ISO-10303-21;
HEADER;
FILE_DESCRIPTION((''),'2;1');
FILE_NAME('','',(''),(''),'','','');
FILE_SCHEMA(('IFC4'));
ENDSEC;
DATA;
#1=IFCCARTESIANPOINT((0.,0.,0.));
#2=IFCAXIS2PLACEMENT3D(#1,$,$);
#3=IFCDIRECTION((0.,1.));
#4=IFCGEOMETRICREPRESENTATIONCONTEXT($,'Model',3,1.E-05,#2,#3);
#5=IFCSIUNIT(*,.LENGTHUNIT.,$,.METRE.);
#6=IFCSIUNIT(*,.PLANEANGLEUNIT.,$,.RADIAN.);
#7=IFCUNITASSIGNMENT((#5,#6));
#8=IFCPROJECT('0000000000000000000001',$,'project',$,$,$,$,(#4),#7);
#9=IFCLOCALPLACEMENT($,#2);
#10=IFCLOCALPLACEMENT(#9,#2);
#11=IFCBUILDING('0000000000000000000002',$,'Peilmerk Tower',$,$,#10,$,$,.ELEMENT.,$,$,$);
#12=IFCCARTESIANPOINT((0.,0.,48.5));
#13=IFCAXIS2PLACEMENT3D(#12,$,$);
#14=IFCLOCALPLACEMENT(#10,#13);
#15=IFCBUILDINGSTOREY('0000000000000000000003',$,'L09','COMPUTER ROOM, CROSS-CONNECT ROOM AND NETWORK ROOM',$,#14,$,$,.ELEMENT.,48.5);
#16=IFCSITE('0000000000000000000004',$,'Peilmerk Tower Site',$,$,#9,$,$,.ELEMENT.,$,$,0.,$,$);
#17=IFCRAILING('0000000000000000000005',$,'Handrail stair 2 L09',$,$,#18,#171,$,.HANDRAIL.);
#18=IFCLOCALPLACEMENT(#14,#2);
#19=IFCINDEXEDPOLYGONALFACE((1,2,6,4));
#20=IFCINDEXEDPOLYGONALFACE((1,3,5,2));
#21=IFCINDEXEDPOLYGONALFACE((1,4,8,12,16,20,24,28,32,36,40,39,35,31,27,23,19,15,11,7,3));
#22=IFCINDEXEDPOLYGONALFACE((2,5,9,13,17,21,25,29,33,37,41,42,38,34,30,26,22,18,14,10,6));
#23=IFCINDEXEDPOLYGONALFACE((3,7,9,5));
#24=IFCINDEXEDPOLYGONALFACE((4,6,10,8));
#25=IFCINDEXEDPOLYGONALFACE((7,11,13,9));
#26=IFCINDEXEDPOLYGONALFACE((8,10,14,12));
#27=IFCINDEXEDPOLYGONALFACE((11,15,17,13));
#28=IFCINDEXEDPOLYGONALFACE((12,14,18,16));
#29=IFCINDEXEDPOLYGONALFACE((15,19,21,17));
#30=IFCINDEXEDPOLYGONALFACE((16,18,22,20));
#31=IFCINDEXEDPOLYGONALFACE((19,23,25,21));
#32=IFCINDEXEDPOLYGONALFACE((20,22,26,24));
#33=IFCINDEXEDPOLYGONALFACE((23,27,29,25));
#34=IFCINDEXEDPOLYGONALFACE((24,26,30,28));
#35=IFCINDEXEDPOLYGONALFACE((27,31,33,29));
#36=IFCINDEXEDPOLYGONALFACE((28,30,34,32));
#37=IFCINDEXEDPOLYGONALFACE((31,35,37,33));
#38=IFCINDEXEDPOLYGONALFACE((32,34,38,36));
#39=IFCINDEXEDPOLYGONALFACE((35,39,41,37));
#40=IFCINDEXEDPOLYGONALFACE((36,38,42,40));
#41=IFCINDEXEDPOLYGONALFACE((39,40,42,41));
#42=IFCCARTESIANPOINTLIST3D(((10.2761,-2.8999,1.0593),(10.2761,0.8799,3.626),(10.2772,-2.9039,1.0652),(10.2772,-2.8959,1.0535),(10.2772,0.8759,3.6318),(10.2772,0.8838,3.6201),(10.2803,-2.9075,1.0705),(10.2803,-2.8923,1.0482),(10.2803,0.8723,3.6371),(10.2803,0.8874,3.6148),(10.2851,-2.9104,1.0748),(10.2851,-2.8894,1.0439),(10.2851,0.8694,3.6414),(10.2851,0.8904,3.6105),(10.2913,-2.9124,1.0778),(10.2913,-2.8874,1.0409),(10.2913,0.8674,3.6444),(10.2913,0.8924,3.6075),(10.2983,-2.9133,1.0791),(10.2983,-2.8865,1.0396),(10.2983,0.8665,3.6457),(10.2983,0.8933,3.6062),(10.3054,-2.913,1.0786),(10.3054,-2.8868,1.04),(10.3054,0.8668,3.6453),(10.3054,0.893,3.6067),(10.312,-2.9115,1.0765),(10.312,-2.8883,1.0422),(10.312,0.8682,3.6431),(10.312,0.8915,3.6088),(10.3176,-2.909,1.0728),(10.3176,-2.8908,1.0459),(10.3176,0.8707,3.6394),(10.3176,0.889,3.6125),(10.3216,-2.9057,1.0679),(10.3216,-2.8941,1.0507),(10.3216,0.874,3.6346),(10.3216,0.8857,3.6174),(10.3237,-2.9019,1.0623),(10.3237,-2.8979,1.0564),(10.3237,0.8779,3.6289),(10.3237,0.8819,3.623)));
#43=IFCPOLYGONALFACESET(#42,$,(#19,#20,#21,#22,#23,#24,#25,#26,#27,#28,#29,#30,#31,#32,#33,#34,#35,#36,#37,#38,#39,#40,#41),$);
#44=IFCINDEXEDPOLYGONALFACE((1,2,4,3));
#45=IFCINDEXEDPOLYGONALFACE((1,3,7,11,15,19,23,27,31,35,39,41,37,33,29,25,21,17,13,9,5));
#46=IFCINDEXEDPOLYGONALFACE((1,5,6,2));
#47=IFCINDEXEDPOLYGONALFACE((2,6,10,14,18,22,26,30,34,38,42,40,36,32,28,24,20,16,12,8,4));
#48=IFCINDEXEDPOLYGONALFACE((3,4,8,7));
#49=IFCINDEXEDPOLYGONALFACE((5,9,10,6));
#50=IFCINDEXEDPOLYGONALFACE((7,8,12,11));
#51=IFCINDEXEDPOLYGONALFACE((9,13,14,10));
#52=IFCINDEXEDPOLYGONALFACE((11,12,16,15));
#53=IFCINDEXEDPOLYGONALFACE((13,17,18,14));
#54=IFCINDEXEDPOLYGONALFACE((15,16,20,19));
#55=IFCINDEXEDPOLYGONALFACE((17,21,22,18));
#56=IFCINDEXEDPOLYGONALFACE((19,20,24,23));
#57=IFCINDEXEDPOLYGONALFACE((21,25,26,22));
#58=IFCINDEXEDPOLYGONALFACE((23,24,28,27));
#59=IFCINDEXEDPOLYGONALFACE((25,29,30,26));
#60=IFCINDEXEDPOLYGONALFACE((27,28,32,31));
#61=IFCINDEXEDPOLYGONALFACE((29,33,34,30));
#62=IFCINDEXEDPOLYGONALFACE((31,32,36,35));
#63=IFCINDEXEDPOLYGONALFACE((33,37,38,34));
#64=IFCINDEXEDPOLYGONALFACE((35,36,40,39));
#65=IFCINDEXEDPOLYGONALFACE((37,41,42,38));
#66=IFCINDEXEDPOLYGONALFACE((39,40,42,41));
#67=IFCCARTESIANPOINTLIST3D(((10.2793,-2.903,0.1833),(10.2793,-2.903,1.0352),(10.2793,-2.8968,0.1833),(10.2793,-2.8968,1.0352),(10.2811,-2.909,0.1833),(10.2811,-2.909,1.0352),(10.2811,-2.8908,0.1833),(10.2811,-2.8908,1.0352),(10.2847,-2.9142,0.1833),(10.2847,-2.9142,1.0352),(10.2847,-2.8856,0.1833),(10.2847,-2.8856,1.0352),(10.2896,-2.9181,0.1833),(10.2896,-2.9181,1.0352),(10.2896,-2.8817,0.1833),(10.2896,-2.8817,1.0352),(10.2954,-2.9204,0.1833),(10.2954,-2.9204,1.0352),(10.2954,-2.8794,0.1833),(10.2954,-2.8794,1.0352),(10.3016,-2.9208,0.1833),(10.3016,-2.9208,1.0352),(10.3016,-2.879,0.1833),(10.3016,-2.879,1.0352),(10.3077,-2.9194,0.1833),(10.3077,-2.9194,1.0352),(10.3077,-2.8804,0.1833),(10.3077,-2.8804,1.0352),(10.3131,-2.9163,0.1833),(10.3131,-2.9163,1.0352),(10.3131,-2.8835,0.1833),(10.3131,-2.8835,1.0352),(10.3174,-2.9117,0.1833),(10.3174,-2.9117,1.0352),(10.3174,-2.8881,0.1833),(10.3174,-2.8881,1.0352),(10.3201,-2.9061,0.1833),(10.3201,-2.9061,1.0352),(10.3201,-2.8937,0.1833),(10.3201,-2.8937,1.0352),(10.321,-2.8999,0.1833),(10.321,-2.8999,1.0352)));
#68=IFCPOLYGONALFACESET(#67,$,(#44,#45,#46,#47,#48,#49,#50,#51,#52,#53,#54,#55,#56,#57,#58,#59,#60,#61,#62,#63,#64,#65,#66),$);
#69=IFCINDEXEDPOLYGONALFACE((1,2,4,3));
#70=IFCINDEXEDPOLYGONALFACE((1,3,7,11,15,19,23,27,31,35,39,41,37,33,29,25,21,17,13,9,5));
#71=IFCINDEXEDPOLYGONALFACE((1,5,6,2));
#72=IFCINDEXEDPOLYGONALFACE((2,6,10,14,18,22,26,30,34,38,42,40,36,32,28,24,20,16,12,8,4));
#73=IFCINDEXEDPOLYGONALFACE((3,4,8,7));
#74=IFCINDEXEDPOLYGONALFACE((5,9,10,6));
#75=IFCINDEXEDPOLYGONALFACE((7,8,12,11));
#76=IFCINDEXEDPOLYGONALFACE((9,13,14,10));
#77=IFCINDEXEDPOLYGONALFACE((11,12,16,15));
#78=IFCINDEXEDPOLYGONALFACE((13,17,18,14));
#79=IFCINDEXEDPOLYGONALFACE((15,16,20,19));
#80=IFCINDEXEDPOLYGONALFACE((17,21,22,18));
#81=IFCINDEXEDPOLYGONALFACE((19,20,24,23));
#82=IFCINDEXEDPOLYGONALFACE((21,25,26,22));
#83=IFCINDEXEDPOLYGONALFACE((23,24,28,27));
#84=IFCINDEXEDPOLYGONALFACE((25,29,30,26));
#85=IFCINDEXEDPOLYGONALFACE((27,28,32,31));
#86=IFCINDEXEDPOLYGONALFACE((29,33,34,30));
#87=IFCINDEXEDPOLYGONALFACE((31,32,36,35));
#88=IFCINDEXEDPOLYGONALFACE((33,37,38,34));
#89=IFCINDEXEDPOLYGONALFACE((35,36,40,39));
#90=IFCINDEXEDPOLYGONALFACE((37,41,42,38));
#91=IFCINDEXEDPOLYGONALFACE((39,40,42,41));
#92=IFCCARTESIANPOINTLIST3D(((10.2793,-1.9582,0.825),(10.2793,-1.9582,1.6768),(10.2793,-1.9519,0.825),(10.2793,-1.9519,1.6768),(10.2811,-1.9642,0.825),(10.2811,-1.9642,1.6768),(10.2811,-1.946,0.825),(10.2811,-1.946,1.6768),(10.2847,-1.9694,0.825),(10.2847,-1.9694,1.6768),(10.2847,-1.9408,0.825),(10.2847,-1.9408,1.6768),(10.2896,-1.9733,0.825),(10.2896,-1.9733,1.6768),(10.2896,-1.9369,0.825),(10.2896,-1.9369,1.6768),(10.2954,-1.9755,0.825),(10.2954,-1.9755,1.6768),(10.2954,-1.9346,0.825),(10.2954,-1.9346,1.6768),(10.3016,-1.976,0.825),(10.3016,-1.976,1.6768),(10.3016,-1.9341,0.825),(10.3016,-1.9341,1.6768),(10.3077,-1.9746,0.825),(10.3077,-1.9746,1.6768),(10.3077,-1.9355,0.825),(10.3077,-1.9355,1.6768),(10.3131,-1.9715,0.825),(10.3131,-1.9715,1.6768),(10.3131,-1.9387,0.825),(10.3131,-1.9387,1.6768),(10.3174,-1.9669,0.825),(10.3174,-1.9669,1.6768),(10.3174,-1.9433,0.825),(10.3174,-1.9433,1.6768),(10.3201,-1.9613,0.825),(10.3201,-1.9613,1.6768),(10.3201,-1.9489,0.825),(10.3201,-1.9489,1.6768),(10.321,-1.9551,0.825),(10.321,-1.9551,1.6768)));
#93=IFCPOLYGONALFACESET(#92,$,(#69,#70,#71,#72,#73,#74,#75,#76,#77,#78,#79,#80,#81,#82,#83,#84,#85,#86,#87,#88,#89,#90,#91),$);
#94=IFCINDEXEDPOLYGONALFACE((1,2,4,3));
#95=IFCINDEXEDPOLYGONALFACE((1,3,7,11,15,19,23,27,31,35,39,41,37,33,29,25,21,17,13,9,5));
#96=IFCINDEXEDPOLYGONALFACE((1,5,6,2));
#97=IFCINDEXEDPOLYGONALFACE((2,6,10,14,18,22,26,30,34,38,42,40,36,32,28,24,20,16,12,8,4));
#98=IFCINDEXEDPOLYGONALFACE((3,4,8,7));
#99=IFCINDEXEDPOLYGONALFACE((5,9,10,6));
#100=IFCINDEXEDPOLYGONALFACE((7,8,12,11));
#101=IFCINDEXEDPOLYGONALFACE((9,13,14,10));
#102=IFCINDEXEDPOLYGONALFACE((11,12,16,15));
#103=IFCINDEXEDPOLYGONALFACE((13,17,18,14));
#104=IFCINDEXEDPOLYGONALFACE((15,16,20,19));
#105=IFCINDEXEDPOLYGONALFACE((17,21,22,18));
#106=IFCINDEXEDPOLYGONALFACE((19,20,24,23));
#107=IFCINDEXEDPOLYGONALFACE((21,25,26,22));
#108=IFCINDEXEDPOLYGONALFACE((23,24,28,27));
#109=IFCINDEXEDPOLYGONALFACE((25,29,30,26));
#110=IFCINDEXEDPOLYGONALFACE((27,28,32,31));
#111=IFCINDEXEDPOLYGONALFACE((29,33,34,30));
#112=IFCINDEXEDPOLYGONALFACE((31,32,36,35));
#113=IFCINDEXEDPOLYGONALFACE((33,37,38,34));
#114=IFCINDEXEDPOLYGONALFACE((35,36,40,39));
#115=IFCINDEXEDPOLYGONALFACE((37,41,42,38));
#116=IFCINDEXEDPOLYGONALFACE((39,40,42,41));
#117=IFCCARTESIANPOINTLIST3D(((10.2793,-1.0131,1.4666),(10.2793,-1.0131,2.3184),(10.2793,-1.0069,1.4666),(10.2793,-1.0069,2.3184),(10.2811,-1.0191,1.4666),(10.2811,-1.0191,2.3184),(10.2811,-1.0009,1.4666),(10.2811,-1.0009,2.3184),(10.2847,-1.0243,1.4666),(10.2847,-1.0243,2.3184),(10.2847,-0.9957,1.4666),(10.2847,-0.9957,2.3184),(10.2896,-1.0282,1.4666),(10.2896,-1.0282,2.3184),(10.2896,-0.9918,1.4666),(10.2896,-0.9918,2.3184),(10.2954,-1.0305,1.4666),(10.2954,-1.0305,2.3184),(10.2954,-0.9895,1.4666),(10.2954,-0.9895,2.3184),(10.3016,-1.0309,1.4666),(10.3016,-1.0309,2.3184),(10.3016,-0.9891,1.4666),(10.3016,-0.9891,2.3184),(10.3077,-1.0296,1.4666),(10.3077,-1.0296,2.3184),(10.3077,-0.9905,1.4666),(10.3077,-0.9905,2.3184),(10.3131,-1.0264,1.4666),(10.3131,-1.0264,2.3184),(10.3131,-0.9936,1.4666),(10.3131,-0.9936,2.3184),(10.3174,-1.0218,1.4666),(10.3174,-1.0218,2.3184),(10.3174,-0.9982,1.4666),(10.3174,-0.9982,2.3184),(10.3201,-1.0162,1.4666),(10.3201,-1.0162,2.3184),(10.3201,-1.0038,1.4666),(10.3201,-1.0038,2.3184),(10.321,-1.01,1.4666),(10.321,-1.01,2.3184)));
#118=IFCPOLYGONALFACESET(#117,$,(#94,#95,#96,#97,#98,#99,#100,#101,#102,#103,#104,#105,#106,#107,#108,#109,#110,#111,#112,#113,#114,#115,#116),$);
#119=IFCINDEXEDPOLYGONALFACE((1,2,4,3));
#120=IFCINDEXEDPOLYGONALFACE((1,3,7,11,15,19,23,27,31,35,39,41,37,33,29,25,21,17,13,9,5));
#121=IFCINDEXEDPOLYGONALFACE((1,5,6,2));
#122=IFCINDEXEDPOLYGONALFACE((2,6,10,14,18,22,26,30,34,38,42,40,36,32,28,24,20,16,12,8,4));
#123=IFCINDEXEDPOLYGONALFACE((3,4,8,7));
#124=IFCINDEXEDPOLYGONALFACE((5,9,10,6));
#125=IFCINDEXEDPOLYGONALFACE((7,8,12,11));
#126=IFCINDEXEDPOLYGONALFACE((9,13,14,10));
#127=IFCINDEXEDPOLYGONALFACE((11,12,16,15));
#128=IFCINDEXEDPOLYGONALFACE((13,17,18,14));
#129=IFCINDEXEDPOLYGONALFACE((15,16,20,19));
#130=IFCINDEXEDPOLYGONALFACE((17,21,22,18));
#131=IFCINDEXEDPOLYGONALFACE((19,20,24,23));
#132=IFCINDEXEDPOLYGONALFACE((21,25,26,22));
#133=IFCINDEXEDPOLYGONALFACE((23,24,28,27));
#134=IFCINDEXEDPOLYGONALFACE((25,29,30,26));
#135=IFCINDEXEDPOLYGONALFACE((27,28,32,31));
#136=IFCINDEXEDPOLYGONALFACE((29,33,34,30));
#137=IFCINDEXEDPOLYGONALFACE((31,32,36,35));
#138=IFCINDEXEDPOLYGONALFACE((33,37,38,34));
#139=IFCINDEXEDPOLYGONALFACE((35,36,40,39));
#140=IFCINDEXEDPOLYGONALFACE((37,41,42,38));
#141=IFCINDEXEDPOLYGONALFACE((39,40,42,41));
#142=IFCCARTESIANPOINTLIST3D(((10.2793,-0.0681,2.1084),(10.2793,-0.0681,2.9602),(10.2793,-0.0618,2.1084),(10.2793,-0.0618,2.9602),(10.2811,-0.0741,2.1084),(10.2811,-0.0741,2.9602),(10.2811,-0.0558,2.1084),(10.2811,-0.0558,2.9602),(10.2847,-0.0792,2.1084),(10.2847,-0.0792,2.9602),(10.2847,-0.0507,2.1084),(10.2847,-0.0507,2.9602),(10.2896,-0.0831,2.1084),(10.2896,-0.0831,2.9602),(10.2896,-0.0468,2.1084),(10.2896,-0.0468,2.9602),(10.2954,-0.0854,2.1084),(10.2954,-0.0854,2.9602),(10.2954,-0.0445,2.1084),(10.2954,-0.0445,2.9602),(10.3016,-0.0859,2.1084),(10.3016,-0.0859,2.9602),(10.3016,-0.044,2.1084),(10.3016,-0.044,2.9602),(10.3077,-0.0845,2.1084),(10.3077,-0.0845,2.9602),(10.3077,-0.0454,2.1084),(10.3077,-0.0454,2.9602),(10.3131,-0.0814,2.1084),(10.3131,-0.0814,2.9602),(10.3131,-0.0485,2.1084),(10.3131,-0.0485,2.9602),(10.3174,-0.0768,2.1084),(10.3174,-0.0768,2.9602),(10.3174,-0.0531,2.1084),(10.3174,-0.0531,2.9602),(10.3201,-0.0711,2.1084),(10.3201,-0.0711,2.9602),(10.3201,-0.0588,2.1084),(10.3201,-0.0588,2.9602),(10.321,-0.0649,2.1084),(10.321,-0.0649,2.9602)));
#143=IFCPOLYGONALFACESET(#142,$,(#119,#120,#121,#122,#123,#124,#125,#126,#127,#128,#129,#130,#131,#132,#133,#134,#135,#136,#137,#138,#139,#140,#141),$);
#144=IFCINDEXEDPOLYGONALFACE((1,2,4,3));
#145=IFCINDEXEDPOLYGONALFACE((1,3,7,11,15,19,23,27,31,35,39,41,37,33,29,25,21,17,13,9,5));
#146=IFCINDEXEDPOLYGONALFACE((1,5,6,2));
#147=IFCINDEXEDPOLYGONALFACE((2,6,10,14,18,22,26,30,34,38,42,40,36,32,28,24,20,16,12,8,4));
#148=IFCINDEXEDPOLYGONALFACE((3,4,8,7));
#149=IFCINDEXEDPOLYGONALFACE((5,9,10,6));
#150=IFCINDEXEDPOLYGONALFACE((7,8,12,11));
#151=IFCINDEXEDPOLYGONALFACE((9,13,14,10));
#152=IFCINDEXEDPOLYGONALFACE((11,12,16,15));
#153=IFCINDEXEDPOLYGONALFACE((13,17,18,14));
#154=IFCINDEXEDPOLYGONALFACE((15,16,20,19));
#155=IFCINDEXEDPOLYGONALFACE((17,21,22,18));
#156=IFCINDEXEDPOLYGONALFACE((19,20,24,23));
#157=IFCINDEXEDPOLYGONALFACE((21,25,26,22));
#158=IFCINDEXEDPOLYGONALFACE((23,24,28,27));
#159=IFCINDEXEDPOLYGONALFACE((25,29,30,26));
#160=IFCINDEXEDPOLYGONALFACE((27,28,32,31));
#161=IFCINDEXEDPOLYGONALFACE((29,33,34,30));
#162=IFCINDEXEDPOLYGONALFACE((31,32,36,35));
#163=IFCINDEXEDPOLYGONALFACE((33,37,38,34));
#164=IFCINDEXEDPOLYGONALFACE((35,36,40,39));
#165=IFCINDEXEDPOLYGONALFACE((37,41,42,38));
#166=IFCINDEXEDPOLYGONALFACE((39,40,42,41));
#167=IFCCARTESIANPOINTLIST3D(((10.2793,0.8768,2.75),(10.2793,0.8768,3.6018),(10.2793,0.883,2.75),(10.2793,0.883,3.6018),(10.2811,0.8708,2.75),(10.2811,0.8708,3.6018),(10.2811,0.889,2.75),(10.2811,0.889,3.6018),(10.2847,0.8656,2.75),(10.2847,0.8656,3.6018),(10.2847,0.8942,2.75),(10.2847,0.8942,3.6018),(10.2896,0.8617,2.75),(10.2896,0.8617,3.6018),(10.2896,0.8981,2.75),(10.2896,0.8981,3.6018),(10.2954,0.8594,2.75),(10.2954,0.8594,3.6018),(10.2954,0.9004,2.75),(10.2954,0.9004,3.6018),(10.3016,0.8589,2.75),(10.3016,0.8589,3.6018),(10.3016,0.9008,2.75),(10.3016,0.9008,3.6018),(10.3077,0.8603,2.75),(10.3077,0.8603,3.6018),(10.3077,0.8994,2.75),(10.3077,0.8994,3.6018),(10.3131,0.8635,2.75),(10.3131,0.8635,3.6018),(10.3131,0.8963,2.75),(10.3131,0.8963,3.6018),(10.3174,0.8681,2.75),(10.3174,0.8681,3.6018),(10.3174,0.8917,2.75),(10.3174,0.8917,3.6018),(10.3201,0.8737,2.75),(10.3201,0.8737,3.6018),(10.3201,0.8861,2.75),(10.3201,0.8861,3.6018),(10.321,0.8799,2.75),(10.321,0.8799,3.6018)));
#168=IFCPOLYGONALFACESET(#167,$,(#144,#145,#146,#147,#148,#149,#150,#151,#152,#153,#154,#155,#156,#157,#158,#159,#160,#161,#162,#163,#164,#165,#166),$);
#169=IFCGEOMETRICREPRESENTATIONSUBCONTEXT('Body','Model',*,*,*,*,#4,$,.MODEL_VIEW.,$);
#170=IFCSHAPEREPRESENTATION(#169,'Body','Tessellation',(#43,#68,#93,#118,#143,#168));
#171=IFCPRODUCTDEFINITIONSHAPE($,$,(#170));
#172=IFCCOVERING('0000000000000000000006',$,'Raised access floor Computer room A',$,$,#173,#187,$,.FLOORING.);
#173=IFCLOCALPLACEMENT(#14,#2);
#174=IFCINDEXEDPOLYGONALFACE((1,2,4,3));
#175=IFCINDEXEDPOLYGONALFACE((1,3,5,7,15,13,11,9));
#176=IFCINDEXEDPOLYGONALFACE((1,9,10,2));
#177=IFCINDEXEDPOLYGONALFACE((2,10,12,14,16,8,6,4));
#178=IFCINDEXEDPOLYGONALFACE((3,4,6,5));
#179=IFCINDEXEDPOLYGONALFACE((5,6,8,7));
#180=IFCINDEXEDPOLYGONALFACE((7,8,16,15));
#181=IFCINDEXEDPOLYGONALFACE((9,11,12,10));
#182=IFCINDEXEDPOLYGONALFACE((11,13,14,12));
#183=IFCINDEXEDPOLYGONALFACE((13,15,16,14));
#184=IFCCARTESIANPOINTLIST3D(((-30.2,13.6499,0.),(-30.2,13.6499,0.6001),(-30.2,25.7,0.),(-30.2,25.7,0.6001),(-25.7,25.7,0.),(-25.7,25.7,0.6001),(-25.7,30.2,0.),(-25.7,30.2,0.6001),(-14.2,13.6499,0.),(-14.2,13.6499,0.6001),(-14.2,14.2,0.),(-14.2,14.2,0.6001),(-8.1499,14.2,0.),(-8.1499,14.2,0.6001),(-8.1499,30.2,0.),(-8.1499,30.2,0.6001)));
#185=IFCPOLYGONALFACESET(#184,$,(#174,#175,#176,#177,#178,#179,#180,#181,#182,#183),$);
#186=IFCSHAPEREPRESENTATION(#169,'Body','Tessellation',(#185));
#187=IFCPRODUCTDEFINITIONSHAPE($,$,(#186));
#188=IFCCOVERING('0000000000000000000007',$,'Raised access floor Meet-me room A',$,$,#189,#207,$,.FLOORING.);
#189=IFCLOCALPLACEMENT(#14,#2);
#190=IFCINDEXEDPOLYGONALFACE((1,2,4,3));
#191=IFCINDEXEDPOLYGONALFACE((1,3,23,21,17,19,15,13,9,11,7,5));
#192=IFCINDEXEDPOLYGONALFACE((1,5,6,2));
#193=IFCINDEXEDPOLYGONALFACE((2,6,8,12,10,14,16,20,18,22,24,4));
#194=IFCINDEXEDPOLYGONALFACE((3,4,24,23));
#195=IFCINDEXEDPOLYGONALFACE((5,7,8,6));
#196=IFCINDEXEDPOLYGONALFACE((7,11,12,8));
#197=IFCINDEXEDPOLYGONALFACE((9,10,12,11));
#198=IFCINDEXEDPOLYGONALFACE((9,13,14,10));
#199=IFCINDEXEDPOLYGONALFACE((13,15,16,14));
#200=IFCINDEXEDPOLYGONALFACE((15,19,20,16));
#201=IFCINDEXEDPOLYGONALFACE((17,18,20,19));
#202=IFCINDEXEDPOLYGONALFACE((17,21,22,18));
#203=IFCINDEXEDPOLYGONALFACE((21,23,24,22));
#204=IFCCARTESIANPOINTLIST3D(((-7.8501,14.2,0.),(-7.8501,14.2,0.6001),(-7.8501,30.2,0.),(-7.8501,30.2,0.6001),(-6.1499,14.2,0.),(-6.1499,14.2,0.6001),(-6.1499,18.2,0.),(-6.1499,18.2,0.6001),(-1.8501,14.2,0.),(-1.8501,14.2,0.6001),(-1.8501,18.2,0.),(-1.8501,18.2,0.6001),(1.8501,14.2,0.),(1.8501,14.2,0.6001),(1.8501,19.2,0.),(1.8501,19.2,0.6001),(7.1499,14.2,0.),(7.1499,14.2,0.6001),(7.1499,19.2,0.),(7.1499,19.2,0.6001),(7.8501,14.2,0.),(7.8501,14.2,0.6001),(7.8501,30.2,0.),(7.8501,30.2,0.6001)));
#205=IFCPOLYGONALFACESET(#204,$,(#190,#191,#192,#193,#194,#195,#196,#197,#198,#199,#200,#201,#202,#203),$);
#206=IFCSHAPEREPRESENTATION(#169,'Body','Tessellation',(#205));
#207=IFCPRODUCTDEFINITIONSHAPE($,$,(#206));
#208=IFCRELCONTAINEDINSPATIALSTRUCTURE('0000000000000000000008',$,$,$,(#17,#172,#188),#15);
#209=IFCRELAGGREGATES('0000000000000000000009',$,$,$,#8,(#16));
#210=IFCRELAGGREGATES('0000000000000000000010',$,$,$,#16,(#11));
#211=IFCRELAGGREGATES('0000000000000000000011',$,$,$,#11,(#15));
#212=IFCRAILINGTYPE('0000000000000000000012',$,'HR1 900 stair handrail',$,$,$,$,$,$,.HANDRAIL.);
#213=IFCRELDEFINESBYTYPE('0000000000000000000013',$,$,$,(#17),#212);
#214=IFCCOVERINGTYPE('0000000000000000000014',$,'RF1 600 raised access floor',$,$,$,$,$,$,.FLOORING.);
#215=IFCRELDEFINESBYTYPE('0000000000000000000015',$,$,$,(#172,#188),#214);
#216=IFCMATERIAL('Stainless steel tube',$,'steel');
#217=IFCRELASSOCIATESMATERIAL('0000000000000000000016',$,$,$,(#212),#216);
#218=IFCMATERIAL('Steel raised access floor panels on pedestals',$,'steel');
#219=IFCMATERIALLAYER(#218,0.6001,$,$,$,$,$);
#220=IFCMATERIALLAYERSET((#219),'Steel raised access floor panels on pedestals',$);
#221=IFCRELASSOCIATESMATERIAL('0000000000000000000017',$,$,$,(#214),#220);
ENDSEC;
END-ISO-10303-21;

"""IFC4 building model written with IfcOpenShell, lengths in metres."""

from ifc_helpers import new_model, si_unit, direction, frame, origin, origin_2d, place, context, subcontext, project, spatial, polyline, circle, outline, extrude, material, layer, layer_set, type_object, element, save


model = new_model("IFC4")

# Units and contexts
model_context = context("Model", 3, precision=1e-05, world=origin(), true_north=direction((0.0, 1.0)))
body_context = subcontext(model_context, "Body", "Model", "MODEL_VIEW")
ifc_project = project(units=[si_unit("LENGTHUNIT", "METRE"), si_unit("PLANEANGLEUNIT", "RADIAN")], contexts=[model_context])

# Site, building, storey
site_placement = place(None, origin())
site = spatial("IfcSite", under=ifc_project, at=site_placement, Name="Peilmerk Tower Site", CompositionType="ELEMENT", RefElevation=0.0)
building_placement = place(site_placement, origin())
building = spatial("IfcBuilding", under=site, at=building_placement, Name="Peilmerk Tower", CompositionType="ELEMENT")
storey_placement = place(building_placement, frame((0.0, 0.0, 48.5)))
storey = spatial("IfcBuildingStorey", under=building, at=storey_placement, Name="L09", Description="COMPUTER ROOM, CROSS-CONNECT ROOM AND NETWORK ROOM", CompositionType="ELEMENT", Elevation=48.5)

# Railing
ifc_material_1 = material(Name="Stainless steel tube", Category="steel")
railing_type_1 = type_object("IfcRailingType", Name="HR1 900 stair handrail", PredefinedType="HANDRAIL", material=ifc_material_1)
railing_1_placement = place(storey_placement, frame((10.3, -2.8999, 0.1833)))
element("IfcRailing", 1, at=railing_1_placement, inside=storey, type_object=railing_type_1, Name="Handrail stair 2 L09", PredefinedType="HANDRAIL", context=body_context, shape_type="SweptSolid", body=[
    extrude(circle(Radius=0.0239, at=origin_2d()), frame((0.0, 0.0, 0.876), z_axis=(0.0, 0.827293, 0.561771), x_axis=(-1.0, 0.0, 0.0)), (0.0, 0.0, 1.0), 4.5688),
    extrude(circle(Radius=0.021, at=origin_2d()), origin(), (0.0, 0.0, 1.0), 0.8518),
    extrude(circle(Radius=0.021, at=origin_2d()), frame((0.0, 0.9448, 0.6416)), (0.0, 0.0, 1.0), 0.8518),
    extrude(circle(Radius=0.021, at=origin_2d()), frame((0.0, 1.8899, 1.2832)), (0.0, 0.0, 1.0), 0.8518),
    extrude(circle(Radius=0.021, at=origin_2d()), frame((0.0, 2.835, 1.925)), (0.0, 0.0, 1.0), 0.8518),
    extrude(circle(Radius=0.021, at=origin_2d()), frame((0.0, 3.7798, 2.5667)), (0.0, 0.0, 1.0), 0.8518),
])

# Coverings
ifc_material_2 = material(Name="Steel raised access floor panels on pedestals", Category="steel")
ifc_layer_1 = layer(ifc_material_2, 0.6001)
ifc_layer_set_1 = layer_set([ifc_layer_1], Name="Steel raised access floor panels on pedestals")
covering_type = type_object("IfcCoveringType", Name="RF1 600 raised access floor", PredefinedType="FLOORING", material=ifc_layer_set_1)
covering_1_placement = place(storey_placement, origin())
element("IfcCovering", 2, at=covering_1_placement, inside=storey, type_object=covering_type, Name="Raised access floor Computer room A", PredefinedType="FLOORING", context=body_context, shape_type="SweptSolid", body=[
    extrude(outline(polyline([(-30.2, 25.7), (-30.2, 13.6499), (-14.2, 13.6499), (-14.2, 14.2), (-8.1499, 14.2), (-8.1499, 30.2), (-25.7, 30.2), (-25.7, 25.7), (-30.2, 25.7)])), origin(), (0.0, 0.0, 1.0), 0.6001),
])
covering_2_placement = place(storey_placement, origin())
element("IfcCovering", 3, at=covering_2_placement, inside=storey, type_object=covering_type, Name="Raised access floor Meet-me room A", PredefinedType="FLOORING", context=body_context, shape_type="SweptSolid", body=[
    extrude(outline(polyline([(7.8501, 14.2), (7.8501, 30.2), (-7.8501, 30.2), (-7.8501, 14.2), (-6.1499, 14.2), (-6.1499, 18.2), (-1.8501, 18.2), (-1.8501, 14.2), (1.8501, 14.2), (1.8501, 19.2), (7.1499, 19.2), (7.1499, 14.2), (7.8501, 14.2)])), origin(), (0.0, 0.0, 1.0), 0.6001),
])

save(model, "model.ifc")
